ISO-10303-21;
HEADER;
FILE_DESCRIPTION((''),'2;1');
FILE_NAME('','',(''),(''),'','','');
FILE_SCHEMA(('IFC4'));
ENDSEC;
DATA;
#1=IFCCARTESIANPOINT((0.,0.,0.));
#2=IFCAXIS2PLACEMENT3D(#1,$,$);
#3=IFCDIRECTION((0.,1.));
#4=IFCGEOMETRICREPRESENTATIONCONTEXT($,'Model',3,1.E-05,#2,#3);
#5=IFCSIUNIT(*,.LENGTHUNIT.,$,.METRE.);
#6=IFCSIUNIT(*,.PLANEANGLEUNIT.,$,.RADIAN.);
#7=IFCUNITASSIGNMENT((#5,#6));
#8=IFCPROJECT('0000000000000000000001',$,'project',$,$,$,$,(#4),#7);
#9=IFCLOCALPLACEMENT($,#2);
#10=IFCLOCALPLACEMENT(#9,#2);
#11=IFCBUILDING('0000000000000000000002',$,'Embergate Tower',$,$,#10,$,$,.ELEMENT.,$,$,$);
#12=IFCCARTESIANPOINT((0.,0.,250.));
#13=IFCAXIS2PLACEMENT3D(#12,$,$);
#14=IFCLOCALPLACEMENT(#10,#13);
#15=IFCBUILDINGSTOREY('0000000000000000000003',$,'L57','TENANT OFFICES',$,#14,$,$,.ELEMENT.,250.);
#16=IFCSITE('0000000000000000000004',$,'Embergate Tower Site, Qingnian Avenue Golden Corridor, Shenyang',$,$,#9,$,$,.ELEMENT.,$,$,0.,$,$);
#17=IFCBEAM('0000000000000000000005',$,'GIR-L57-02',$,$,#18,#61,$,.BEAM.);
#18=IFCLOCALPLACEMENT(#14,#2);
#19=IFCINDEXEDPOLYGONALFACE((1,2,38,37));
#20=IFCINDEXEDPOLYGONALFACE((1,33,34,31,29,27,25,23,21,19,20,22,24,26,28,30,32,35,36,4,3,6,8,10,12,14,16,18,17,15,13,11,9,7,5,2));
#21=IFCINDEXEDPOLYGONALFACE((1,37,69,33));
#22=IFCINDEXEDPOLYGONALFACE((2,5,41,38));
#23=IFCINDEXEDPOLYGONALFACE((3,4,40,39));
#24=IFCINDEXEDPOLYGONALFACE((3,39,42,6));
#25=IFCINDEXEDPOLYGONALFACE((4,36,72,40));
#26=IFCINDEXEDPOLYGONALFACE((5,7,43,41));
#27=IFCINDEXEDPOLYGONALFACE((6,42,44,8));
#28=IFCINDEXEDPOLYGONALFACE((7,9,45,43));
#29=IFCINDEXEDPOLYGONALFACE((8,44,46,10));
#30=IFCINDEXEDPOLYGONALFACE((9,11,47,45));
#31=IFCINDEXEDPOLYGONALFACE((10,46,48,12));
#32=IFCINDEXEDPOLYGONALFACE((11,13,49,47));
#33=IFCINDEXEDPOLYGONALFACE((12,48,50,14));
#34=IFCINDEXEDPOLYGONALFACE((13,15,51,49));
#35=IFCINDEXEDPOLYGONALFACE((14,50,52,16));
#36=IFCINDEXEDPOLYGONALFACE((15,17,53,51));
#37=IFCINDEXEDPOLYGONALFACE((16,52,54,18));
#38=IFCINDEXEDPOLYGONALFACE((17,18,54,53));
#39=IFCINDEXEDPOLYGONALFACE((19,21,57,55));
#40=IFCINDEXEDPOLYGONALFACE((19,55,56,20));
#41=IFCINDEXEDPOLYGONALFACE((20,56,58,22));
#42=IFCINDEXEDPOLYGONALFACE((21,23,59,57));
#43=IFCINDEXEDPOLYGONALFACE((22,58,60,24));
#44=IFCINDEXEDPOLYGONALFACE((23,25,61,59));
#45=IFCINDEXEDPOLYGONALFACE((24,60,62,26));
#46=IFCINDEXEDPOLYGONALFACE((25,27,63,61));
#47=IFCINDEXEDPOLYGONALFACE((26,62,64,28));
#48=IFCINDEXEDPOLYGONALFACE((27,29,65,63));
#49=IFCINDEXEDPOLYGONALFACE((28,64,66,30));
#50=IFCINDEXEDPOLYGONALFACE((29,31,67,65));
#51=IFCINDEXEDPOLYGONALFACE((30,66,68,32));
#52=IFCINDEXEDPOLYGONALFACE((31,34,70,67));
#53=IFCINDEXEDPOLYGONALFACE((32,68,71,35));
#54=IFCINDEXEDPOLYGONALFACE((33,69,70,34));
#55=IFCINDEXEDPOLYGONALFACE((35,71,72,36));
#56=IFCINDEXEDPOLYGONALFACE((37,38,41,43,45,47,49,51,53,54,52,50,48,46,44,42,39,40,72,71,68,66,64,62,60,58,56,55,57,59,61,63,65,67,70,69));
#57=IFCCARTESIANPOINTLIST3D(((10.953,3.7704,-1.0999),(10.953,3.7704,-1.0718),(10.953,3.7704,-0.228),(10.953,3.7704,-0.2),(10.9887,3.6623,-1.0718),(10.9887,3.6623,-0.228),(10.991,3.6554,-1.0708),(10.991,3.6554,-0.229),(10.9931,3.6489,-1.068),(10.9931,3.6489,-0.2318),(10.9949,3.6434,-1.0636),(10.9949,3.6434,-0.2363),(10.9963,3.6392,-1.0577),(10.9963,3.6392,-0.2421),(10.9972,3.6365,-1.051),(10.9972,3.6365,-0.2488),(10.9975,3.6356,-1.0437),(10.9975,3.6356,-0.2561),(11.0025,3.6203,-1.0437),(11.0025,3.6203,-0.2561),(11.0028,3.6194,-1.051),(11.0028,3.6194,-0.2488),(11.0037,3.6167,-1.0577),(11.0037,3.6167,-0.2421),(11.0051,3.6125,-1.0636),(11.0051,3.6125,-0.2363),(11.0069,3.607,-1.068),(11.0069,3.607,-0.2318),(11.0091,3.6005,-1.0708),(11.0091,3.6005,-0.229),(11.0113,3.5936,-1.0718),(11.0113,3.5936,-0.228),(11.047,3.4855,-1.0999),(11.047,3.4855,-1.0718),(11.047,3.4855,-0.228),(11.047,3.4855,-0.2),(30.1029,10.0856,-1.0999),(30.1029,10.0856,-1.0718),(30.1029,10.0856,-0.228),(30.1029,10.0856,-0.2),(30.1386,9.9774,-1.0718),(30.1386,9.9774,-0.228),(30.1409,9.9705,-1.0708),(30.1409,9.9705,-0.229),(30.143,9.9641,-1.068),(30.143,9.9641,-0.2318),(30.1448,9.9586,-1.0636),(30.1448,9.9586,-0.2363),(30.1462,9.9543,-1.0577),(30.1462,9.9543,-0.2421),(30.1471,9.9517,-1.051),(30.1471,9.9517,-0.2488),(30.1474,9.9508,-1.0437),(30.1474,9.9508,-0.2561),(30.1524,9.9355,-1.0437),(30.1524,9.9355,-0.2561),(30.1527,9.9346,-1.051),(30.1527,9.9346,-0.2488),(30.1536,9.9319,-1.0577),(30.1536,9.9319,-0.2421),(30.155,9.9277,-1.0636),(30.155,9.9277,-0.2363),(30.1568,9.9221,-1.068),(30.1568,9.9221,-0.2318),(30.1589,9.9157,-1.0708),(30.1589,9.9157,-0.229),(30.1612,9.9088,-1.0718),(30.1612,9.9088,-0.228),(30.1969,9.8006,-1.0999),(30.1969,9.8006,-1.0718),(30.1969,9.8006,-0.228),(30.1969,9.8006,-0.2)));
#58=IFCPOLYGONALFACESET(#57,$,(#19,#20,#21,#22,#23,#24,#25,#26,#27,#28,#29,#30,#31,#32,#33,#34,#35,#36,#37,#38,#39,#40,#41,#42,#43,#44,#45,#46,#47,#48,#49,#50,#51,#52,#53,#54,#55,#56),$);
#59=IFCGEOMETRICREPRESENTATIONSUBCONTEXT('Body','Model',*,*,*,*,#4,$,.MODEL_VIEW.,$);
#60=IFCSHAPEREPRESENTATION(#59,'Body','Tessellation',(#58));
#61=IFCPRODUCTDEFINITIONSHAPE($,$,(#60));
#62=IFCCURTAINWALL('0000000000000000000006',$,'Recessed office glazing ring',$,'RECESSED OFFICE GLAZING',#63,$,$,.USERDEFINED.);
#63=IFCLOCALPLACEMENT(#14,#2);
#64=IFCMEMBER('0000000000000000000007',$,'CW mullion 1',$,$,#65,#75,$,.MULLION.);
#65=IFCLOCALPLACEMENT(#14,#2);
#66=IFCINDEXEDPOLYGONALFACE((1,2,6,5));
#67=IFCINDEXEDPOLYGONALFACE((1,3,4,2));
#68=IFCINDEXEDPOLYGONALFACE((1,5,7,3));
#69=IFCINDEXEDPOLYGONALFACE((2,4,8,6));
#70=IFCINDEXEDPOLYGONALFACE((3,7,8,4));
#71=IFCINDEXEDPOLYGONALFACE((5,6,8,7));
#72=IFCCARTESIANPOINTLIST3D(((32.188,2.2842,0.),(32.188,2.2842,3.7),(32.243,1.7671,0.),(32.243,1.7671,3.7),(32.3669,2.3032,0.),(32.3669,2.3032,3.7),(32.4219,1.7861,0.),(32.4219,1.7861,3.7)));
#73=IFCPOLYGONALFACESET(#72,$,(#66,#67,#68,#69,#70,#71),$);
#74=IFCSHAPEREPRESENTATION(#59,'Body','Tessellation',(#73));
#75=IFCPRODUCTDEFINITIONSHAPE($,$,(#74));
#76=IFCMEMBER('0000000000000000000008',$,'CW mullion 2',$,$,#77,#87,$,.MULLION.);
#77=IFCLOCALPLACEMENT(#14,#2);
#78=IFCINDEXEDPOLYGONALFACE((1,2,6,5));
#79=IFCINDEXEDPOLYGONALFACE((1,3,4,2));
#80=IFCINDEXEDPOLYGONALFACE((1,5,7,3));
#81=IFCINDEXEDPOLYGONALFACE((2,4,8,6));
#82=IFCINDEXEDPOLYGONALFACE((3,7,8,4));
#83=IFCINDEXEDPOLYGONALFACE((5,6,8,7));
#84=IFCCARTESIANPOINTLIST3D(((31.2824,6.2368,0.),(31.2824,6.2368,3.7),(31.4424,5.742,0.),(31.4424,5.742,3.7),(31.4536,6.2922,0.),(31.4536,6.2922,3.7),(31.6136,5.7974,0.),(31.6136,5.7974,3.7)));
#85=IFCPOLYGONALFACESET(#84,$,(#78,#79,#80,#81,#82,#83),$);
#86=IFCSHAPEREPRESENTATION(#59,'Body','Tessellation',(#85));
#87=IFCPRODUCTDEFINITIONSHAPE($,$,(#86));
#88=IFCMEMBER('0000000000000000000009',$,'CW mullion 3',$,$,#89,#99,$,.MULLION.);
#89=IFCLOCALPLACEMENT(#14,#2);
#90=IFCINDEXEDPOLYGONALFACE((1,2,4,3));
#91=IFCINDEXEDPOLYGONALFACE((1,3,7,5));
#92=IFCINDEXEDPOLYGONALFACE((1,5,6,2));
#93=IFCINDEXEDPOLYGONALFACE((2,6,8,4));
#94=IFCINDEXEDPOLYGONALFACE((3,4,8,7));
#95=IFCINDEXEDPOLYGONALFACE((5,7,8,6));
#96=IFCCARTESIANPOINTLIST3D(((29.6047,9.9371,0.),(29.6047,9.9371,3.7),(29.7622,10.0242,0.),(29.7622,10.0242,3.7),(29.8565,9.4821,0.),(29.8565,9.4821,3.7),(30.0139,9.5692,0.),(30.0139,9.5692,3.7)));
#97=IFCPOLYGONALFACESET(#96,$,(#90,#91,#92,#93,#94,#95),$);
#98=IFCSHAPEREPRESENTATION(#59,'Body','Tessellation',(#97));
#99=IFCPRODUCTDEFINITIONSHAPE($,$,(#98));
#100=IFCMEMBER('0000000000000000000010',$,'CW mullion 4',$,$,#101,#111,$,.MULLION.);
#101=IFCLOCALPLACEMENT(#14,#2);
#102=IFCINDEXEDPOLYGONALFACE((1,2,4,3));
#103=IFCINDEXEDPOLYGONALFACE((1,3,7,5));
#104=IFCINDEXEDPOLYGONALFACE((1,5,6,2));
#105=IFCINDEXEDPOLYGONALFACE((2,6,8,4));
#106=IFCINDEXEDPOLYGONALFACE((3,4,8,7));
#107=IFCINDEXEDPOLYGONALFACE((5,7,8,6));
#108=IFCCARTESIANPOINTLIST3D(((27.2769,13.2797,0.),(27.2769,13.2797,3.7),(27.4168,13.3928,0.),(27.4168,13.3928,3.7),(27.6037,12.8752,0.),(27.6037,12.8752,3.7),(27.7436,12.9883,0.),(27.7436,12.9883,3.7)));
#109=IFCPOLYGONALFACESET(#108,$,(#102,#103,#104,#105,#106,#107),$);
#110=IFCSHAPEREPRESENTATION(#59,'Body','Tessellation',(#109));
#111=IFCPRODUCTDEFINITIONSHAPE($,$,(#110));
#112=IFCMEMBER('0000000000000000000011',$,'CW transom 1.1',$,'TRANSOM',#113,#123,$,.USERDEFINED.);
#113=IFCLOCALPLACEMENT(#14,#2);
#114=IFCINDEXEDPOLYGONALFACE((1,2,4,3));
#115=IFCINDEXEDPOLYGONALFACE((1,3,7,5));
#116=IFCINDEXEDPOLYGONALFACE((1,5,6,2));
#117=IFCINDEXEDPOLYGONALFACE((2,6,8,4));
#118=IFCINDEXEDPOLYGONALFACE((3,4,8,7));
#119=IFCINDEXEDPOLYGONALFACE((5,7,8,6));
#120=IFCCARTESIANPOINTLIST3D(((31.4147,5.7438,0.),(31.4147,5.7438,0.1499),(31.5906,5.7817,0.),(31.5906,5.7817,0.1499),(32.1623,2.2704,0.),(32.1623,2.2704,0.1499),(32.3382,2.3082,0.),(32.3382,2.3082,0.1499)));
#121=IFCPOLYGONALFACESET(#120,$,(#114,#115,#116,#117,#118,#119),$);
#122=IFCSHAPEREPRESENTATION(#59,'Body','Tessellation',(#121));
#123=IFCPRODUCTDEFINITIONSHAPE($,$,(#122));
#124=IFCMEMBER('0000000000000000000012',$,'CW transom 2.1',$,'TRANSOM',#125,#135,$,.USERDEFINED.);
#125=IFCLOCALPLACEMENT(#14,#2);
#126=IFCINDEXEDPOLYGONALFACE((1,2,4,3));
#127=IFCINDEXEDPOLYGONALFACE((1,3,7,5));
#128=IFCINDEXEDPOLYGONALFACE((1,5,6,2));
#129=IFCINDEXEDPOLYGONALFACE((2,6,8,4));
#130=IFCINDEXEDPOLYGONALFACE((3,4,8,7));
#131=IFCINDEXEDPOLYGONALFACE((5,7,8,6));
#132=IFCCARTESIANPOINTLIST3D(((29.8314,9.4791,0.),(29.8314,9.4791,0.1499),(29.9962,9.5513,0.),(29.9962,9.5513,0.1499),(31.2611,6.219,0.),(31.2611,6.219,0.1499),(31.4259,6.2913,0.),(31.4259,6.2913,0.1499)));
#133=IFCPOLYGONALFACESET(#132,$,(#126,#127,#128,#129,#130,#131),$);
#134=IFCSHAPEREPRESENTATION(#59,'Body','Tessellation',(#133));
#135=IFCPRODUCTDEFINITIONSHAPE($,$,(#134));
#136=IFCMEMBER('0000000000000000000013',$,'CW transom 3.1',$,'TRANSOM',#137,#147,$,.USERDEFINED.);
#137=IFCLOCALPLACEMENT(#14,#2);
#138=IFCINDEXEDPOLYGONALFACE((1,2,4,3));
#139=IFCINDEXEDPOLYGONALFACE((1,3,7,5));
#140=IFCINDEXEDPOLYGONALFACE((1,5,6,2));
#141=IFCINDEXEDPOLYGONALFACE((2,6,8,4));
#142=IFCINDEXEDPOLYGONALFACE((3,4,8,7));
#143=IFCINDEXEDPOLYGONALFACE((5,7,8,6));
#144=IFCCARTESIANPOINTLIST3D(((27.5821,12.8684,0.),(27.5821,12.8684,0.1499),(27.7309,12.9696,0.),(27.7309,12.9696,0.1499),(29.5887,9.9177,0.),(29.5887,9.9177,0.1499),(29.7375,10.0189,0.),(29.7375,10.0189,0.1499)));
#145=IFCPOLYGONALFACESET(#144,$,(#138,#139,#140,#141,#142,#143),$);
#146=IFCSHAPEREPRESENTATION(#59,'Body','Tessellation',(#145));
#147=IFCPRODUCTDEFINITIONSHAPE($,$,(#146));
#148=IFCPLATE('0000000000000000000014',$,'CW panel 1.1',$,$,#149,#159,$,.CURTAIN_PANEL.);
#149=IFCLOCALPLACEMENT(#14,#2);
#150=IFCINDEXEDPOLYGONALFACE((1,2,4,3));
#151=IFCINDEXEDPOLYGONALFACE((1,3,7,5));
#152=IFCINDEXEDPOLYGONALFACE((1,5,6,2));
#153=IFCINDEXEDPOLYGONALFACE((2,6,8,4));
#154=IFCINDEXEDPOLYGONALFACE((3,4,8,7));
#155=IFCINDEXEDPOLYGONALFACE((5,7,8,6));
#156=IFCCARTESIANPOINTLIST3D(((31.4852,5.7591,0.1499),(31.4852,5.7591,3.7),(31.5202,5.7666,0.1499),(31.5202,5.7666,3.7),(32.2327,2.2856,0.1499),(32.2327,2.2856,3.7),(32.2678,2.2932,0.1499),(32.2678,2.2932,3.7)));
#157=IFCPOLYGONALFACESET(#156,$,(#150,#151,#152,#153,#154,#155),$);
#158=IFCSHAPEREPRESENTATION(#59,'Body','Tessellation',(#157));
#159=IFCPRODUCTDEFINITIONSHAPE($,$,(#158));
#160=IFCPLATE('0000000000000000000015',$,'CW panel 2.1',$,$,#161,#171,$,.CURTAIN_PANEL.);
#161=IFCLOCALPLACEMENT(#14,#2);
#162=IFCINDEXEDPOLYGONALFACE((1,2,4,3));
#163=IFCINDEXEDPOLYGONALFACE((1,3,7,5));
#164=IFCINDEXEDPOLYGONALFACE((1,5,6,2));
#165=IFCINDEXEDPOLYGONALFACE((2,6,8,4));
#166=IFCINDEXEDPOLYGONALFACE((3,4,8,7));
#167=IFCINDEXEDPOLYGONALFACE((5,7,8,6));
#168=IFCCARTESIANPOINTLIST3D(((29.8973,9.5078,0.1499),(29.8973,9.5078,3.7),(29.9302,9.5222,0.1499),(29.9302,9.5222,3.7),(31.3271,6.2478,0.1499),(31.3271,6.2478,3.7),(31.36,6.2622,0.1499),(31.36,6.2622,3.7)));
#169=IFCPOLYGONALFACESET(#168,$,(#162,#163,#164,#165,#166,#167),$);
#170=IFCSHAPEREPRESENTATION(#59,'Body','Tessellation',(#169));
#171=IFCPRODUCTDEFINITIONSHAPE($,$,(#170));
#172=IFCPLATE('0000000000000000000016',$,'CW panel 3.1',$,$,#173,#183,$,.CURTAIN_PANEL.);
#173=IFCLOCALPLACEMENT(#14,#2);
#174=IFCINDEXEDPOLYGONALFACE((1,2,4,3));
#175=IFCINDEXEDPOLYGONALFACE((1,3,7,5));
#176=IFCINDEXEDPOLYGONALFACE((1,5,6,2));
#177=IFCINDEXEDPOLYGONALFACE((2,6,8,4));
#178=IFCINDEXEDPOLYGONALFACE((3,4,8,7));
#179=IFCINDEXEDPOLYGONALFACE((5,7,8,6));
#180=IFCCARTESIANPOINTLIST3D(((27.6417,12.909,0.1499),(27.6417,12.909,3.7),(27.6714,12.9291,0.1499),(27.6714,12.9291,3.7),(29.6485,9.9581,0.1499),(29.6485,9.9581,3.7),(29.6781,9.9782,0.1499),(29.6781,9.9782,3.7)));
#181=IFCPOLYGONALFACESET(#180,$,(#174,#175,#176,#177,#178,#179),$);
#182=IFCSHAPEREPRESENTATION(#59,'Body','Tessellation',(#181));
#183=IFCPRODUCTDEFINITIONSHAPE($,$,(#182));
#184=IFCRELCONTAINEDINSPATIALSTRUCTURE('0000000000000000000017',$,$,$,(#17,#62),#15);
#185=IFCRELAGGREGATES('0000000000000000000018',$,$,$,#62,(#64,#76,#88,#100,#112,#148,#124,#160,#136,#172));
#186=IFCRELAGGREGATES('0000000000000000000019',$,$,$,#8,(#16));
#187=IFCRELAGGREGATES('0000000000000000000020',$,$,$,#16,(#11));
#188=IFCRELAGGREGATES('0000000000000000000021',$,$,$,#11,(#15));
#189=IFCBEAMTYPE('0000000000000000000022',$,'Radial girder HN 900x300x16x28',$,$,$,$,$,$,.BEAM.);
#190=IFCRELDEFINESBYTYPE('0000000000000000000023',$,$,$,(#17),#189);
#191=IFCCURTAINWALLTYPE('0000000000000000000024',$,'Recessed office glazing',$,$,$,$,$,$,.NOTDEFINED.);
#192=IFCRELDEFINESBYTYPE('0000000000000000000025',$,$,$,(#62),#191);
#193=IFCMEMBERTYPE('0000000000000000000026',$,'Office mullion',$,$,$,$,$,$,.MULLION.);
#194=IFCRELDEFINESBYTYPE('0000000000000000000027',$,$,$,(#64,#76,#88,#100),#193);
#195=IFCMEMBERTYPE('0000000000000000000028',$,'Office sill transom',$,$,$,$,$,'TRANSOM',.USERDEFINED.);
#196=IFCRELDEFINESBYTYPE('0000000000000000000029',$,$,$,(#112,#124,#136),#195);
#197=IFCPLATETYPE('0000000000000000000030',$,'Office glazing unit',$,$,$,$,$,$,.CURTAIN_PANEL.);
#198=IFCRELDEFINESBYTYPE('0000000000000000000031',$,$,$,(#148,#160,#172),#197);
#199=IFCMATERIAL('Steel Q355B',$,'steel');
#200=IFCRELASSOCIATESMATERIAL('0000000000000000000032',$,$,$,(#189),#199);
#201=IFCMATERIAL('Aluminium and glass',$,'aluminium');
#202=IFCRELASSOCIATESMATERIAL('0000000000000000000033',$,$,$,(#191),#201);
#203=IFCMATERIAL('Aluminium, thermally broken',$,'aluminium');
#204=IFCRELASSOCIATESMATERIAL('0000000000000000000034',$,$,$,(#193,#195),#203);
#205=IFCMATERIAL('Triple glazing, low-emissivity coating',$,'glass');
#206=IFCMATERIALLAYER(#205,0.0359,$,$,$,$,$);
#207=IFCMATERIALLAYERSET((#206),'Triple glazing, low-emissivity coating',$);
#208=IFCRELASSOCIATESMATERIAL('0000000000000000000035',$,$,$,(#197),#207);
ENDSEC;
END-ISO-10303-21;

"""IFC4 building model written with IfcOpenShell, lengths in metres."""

from ifc_helpers import new_model, si_unit, direction, frame, origin, origin_2d, place, context, subcontext, project, spatial, rectangle, i_section, extrude, source, transform, mapped, material, layer, layer_set, material_profile, profile_set, type_object, element, aggregate, save


model = new_model("IFC4")

# Units and contexts
model_context = context("Model", 3, precision=1e-05, world=origin(), true_north=direction((0.0, 1.0)))
body_context = subcontext(model_context, "Body", "Model", "MODEL_VIEW")
ifc_project = project(units=[si_unit("LENGTHUNIT", "METRE"), si_unit("PLANEANGLEUNIT", "RADIAN")], contexts=[model_context])

# Site, building, storey
site_placement = place(None, origin())
site = spatial("IfcSite", under=ifc_project, at=site_placement, Name="Embergate Tower Site, Qingnian Avenue Golden Corridor, Shenyang", CompositionType="ELEMENT", RefElevation=0.0)
building_placement = place(site_placement, origin())
building = spatial("IfcBuilding", under=site, at=building_placement, Name="Embergate Tower", CompositionType="ELEMENT")
storey_placement = place(building_placement, frame((0.0, 0.0, 250.0)))
storey = spatial("IfcBuildingStorey", under=building, at=storey_placement, Name="L57", Description="TENANT OFFICES", CompositionType="ELEMENT", Elevation=250.0)

# Beam
ifc_material_1 = material(Name="Steel Q355B", Category="steel")
ifc_material_profile_1 = material_profile(ifc_material_1, i_section(OverallWidth=0.3, OverallDepth=0.8999, WebThickness=0.0161, FlangeThickness=0.0281, FilletRadius=0.0281, at=origin_2d()), Name="HN 900x300x16x28")
ifc_profile_set_1 = profile_set([ifc_material_profile_1], Name="Steel Q355 grade B")
beam_type_1 = type_object("IfcBeamType", Name="Radial girder HN 900x300x16x28", PredefinedType="BEAM", material=ifc_profile_set_1)
shared_shape_1 = source(origin(), body_context, "Body", "SweptSolid", [
    extrude(i_section(OverallWidth=0.3, OverallDepth=0.8999, WebThickness=0.0161, FlangeThickness=0.0281, FilletRadius=0.0281, at=origin_2d()), origin(), (0.0, 0.0, 1.0), 20.1643),
])
beam_1_placement = place(storey_placement, frame((30.1499, 9.9431, -0.6499), z_axis=(-0.949692, -0.313186, 0.0), x_axis=(0.313186, -0.949692, 0.0)))
element("IfcBeam", 1, at=beam_1_placement, inside=storey, type_object=beam_type_1, Name="GIR-L57-02", PredefinedType="BEAM", context=body_context, shape_type="MappedRepresentation", body=[
    mapped(shared_shape_1, transform((0.0, 0.0, 0.0))),
])

# Curtain wall, members, plates
ifc_material_2 = material(Name="Aluminium and glass", Category="aluminium")
curtain_wall_type = type_object("IfcCurtainWallType", Name="Recessed office glazing", PredefinedType="NOTDEFINED", material=ifc_material_2)
curtain_wall_placement = place(storey_placement, origin())
curtain_wall = element("IfcCurtainWall", 2, at=curtain_wall_placement, inside=storey, type_object=curtain_wall_type, Name="Recessed office glazing ring", ObjectType="RECESSED OFFICE GLAZING", PredefinedType="USERDEFINED")
ifc_material_3 = material(Name="Aluminium, thermally broken", Category="aluminium")
ifc_material_profile_2 = material_profile(ifc_material_3, rectangle(XDim=0.1799, YDim=0.52, at=origin_2d()), Name="AL 520x180")
ifc_profile_set_2 = profile_set([ifc_material_profile_2], Name="Aluminium, thermally broken")
member_type_1 = type_object("IfcMemberType", Name="Office mullion", PredefinedType="MULLION", material=ifc_profile_set_2)
shared_shape_2 = source(origin(), body_context, "Body", "SweptSolid", [
    extrude(rectangle(XDim=0.1799, YDim=0.52, at=origin_2d()), origin(), (0.0, 0.0, 1.0), 3.7),
])
member_1_placement = place(storey_placement, frame((32.3049, 2.0352, 0.0), z_axis=(0.0, 0.0, 1.0), x_axis=(-0.994385, -0.105827, 0.0)))
member_1 = element("IfcMember", 3, at=member_1_placement, type_object=member_type_1, Name="CW mullion 1", PredefinedType="MULLION", context=body_context, shape_type="MappedRepresentation", body=[
    mapped(shared_shape_2, transform((0.0, 0.0, 0.0))),
])
member_2_placement = place(storey_placement, frame((31.448, 6.0171, 0.0), z_axis=(0.0, 0.0, 1.0), x_axis=(-0.951496, -0.307662, 0.0)))
member_2 = element("IfcMember", 4, at=member_2_placement, type_object=member_type_1, Name="CW mullion 2", PredefinedType="MULLION", context=body_context, shape_type="MappedRepresentation", body=[
    mapped(shared_shape_2, transform((0.0, 0.0, 0.0))),
])
member_3_placement = place(storey_placement, frame((29.8093, 9.7532, 0.0), z_axis=(0.0, 0.0, 1.0), x_axis=(-0.874998, -0.484127, 0.0)))
member_3 = element("IfcMember", 5, at=member_3_placement, type_object=member_type_1, Name="CW mullion 3", PredefinedType="MULLION", context=body_context, shape_type="MappedRepresentation", body=[
    mapped(shared_shape_2, transform((0.0, 0.0, 0.0))),
])
member_4_placement = place(storey_placement, frame((27.5103, 13.134, 0.0), z_axis=(0.0, 0.0, 1.0), x_axis=(-0.777868, -0.628427, 0.0)))
member_4 = element("IfcMember", 6, at=member_4_placement, type_object=member_type_1, Name="CW mullion 4", PredefinedType="MULLION", context=body_context, shape_type="MappedRepresentation", body=[
    mapped(shared_shape_2, transform((0.0, 0.0, 0.0))),
])
ifc_material_profile_3 = material_profile(ifc_material_3, rectangle(XDim=0.1799, YDim=0.1499, at=origin_2d()), Name="AL 150x180")
ifc_profile_set_3 = profile_set([ifc_material_profile_3], Name="Aluminium, thermally broken")
member_type_2 = type_object("IfcMemberType", Name="Office sill transom", ElementType="TRANSOM", PredefinedType="USERDEFINED", material=ifc_profile_set_3)
shared_shape_3 = source(origin(), body_context, "Body", "SweptSolid", [
    extrude(rectangle(XDim=0.1799, YDim=0.1499, at=origin_2d()), origin(), (0.0, 0.0, 1.0), 3.553),
])
member_5_placement = place(storey_placement, frame((32.2502, 2.2893, 0.075), z_axis=(-0.210407, 0.977614, 0.0), x_axis=(-0.977614, -0.210407, 0.0)))
member_5 = element("IfcMember", 7, at=member_5_placement, type_object=member_type_2, Name="CW transom 1.1", ObjectType="TRANSOM", PredefinedType="USERDEFINED", context=body_context, shape_type="MappedRepresentation", body=[
    mapped(shared_shape_3, transform((0.0, 0.0, 0.0))),
])
shared_shape_4 = source(origin(), body_context, "Body", "SweptSolid", [
    extrude(rectangle(XDim=0.1799, YDim=0.1499, at=origin_2d()), origin(), (0.0, 0.0, 1.0), 3.5598),
])
member_6_placement = place(storey_placement, frame((31.3435, 6.2551, 0.075), z_axis=(-0.401628, 0.915803, 0.0), x_axis=(-0.915803, -0.401628, 0.0)))
member_6 = element("IfcMember", 8, at=member_6_placement, type_object=member_type_2, Name="CW transom 2.1", ObjectType="TRANSOM", PredefinedType="USERDEFINED", context=body_context, shape_type="MappedRepresentation", body=[
    mapped(shared_shape_4, transform((0.0, 0.0, 0.0))),
])
shared_shape_5 = source(origin(), body_context, "Body", "SweptSolid", [
    extrude(rectangle(XDim=0.1799, YDim=0.1499, at=origin_2d()), origin(), (0.0, 0.0, 1.0), 3.5684),
])
member_7_placement = place(storey_placement, frame((29.6631, 9.9683, 0.075), z_axis=(-0.562334, 0.82691, 0.0), x_axis=(-0.82691, -0.562334, 0.0)))
member_7 = element("IfcMember", 9, at=member_7_placement, type_object=member_type_2, Name="CW transom 3.1", ObjectType="TRANSOM", PredefinedType="USERDEFINED", context=body_context, shape_type="MappedRepresentation", body=[
    mapped(shared_shape_5, transform((0.0, 0.0, 0.0))),
])
ifc_material_4 = material(Name="Triple glazing, low-emissivity coating", Category="glass")
ifc_layer_1 = layer(ifc_material_4, 0.0359)
ifc_layer_set_1 = layer_set([ifc_layer_1], Name="Triple glazing, low-emissivity coating")
plate_type = type_object("IfcPlateType", Name="Office glazing unit", PredefinedType="CURTAIN_PANEL", material=ifc_layer_set_1)
shared_shape_6 = source(origin(), body_context, "Body", "SweptSolid", [
    extrude(rectangle(XDim=3.553, YDim=0.0359, at=origin_2d()), origin(), (0.0, 0.0, 1.0), 3.55),
])
plate_1_placement = place(storey_placement, frame((31.8765, 4.0261, 0.1499), z_axis=(0.0, 0.0, 1.0), x_axis=(-0.210398, 0.977616, 0.0)))
plate_1 = element("IfcPlate", 10, at=plate_1_placement, type_object=plate_type, Name="CW panel 1.1", PredefinedType="CURTAIN_PANEL", context=body_context, shape_type="MappedRepresentation", body=[
    mapped(shared_shape_6, transform((0.0, 0.0, 0.0))),
])
shared_shape_7 = source(origin(), body_context, "Body", "SweptSolid", [
    extrude(rectangle(XDim=3.5598, YDim=0.0359, at=origin_2d()), origin(), (0.0, 0.0, 1.0), 3.55),
])
plate_2_placement = place(storey_placement, frame((30.6287, 7.885, 0.1499), z_axis=(0.0, 0.0, 1.0), x_axis=(-0.401652, 0.915792, 0.0)))
plate_2 = element("IfcPlate", 11, at=plate_2_placement, type_object=plate_type, Name="CW panel 2.1", PredefinedType="CURTAIN_PANEL", context=body_context, shape_type="MappedRepresentation", body=[
    mapped(shared_shape_7, transform((0.0, 0.0, 0.0))),
])
shared_shape_8 = source(origin(), body_context, "Body", "SweptSolid", [
    extrude(rectangle(XDim=3.5686, YDim=0.0359, at=origin_2d()), origin(), (0.0, 0.0, 1.0), 3.55),
])
plate_3_placement = place(storey_placement, frame((28.6599, 11.4436, 0.1499), z_axis=(0.0, 0.0, 1.0), x_axis=(-0.562342, 0.826905, 0.0)))
plate_3 = element("IfcPlate", 12, at=plate_3_placement, type_object=plate_type, Name="CW panel 3.1", PredefinedType="CURTAIN_PANEL", context=body_context, shape_type="MappedRepresentation", body=[
    mapped(shared_shape_8, transform((0.0, 0.0, 0.0))),
])
aggregate(curtain_wall, [member_1, member_2, member_3, member_4, member_5, plate_1, member_6, plate_2, member_7, plate_3])

save(model, "model.ifc")
